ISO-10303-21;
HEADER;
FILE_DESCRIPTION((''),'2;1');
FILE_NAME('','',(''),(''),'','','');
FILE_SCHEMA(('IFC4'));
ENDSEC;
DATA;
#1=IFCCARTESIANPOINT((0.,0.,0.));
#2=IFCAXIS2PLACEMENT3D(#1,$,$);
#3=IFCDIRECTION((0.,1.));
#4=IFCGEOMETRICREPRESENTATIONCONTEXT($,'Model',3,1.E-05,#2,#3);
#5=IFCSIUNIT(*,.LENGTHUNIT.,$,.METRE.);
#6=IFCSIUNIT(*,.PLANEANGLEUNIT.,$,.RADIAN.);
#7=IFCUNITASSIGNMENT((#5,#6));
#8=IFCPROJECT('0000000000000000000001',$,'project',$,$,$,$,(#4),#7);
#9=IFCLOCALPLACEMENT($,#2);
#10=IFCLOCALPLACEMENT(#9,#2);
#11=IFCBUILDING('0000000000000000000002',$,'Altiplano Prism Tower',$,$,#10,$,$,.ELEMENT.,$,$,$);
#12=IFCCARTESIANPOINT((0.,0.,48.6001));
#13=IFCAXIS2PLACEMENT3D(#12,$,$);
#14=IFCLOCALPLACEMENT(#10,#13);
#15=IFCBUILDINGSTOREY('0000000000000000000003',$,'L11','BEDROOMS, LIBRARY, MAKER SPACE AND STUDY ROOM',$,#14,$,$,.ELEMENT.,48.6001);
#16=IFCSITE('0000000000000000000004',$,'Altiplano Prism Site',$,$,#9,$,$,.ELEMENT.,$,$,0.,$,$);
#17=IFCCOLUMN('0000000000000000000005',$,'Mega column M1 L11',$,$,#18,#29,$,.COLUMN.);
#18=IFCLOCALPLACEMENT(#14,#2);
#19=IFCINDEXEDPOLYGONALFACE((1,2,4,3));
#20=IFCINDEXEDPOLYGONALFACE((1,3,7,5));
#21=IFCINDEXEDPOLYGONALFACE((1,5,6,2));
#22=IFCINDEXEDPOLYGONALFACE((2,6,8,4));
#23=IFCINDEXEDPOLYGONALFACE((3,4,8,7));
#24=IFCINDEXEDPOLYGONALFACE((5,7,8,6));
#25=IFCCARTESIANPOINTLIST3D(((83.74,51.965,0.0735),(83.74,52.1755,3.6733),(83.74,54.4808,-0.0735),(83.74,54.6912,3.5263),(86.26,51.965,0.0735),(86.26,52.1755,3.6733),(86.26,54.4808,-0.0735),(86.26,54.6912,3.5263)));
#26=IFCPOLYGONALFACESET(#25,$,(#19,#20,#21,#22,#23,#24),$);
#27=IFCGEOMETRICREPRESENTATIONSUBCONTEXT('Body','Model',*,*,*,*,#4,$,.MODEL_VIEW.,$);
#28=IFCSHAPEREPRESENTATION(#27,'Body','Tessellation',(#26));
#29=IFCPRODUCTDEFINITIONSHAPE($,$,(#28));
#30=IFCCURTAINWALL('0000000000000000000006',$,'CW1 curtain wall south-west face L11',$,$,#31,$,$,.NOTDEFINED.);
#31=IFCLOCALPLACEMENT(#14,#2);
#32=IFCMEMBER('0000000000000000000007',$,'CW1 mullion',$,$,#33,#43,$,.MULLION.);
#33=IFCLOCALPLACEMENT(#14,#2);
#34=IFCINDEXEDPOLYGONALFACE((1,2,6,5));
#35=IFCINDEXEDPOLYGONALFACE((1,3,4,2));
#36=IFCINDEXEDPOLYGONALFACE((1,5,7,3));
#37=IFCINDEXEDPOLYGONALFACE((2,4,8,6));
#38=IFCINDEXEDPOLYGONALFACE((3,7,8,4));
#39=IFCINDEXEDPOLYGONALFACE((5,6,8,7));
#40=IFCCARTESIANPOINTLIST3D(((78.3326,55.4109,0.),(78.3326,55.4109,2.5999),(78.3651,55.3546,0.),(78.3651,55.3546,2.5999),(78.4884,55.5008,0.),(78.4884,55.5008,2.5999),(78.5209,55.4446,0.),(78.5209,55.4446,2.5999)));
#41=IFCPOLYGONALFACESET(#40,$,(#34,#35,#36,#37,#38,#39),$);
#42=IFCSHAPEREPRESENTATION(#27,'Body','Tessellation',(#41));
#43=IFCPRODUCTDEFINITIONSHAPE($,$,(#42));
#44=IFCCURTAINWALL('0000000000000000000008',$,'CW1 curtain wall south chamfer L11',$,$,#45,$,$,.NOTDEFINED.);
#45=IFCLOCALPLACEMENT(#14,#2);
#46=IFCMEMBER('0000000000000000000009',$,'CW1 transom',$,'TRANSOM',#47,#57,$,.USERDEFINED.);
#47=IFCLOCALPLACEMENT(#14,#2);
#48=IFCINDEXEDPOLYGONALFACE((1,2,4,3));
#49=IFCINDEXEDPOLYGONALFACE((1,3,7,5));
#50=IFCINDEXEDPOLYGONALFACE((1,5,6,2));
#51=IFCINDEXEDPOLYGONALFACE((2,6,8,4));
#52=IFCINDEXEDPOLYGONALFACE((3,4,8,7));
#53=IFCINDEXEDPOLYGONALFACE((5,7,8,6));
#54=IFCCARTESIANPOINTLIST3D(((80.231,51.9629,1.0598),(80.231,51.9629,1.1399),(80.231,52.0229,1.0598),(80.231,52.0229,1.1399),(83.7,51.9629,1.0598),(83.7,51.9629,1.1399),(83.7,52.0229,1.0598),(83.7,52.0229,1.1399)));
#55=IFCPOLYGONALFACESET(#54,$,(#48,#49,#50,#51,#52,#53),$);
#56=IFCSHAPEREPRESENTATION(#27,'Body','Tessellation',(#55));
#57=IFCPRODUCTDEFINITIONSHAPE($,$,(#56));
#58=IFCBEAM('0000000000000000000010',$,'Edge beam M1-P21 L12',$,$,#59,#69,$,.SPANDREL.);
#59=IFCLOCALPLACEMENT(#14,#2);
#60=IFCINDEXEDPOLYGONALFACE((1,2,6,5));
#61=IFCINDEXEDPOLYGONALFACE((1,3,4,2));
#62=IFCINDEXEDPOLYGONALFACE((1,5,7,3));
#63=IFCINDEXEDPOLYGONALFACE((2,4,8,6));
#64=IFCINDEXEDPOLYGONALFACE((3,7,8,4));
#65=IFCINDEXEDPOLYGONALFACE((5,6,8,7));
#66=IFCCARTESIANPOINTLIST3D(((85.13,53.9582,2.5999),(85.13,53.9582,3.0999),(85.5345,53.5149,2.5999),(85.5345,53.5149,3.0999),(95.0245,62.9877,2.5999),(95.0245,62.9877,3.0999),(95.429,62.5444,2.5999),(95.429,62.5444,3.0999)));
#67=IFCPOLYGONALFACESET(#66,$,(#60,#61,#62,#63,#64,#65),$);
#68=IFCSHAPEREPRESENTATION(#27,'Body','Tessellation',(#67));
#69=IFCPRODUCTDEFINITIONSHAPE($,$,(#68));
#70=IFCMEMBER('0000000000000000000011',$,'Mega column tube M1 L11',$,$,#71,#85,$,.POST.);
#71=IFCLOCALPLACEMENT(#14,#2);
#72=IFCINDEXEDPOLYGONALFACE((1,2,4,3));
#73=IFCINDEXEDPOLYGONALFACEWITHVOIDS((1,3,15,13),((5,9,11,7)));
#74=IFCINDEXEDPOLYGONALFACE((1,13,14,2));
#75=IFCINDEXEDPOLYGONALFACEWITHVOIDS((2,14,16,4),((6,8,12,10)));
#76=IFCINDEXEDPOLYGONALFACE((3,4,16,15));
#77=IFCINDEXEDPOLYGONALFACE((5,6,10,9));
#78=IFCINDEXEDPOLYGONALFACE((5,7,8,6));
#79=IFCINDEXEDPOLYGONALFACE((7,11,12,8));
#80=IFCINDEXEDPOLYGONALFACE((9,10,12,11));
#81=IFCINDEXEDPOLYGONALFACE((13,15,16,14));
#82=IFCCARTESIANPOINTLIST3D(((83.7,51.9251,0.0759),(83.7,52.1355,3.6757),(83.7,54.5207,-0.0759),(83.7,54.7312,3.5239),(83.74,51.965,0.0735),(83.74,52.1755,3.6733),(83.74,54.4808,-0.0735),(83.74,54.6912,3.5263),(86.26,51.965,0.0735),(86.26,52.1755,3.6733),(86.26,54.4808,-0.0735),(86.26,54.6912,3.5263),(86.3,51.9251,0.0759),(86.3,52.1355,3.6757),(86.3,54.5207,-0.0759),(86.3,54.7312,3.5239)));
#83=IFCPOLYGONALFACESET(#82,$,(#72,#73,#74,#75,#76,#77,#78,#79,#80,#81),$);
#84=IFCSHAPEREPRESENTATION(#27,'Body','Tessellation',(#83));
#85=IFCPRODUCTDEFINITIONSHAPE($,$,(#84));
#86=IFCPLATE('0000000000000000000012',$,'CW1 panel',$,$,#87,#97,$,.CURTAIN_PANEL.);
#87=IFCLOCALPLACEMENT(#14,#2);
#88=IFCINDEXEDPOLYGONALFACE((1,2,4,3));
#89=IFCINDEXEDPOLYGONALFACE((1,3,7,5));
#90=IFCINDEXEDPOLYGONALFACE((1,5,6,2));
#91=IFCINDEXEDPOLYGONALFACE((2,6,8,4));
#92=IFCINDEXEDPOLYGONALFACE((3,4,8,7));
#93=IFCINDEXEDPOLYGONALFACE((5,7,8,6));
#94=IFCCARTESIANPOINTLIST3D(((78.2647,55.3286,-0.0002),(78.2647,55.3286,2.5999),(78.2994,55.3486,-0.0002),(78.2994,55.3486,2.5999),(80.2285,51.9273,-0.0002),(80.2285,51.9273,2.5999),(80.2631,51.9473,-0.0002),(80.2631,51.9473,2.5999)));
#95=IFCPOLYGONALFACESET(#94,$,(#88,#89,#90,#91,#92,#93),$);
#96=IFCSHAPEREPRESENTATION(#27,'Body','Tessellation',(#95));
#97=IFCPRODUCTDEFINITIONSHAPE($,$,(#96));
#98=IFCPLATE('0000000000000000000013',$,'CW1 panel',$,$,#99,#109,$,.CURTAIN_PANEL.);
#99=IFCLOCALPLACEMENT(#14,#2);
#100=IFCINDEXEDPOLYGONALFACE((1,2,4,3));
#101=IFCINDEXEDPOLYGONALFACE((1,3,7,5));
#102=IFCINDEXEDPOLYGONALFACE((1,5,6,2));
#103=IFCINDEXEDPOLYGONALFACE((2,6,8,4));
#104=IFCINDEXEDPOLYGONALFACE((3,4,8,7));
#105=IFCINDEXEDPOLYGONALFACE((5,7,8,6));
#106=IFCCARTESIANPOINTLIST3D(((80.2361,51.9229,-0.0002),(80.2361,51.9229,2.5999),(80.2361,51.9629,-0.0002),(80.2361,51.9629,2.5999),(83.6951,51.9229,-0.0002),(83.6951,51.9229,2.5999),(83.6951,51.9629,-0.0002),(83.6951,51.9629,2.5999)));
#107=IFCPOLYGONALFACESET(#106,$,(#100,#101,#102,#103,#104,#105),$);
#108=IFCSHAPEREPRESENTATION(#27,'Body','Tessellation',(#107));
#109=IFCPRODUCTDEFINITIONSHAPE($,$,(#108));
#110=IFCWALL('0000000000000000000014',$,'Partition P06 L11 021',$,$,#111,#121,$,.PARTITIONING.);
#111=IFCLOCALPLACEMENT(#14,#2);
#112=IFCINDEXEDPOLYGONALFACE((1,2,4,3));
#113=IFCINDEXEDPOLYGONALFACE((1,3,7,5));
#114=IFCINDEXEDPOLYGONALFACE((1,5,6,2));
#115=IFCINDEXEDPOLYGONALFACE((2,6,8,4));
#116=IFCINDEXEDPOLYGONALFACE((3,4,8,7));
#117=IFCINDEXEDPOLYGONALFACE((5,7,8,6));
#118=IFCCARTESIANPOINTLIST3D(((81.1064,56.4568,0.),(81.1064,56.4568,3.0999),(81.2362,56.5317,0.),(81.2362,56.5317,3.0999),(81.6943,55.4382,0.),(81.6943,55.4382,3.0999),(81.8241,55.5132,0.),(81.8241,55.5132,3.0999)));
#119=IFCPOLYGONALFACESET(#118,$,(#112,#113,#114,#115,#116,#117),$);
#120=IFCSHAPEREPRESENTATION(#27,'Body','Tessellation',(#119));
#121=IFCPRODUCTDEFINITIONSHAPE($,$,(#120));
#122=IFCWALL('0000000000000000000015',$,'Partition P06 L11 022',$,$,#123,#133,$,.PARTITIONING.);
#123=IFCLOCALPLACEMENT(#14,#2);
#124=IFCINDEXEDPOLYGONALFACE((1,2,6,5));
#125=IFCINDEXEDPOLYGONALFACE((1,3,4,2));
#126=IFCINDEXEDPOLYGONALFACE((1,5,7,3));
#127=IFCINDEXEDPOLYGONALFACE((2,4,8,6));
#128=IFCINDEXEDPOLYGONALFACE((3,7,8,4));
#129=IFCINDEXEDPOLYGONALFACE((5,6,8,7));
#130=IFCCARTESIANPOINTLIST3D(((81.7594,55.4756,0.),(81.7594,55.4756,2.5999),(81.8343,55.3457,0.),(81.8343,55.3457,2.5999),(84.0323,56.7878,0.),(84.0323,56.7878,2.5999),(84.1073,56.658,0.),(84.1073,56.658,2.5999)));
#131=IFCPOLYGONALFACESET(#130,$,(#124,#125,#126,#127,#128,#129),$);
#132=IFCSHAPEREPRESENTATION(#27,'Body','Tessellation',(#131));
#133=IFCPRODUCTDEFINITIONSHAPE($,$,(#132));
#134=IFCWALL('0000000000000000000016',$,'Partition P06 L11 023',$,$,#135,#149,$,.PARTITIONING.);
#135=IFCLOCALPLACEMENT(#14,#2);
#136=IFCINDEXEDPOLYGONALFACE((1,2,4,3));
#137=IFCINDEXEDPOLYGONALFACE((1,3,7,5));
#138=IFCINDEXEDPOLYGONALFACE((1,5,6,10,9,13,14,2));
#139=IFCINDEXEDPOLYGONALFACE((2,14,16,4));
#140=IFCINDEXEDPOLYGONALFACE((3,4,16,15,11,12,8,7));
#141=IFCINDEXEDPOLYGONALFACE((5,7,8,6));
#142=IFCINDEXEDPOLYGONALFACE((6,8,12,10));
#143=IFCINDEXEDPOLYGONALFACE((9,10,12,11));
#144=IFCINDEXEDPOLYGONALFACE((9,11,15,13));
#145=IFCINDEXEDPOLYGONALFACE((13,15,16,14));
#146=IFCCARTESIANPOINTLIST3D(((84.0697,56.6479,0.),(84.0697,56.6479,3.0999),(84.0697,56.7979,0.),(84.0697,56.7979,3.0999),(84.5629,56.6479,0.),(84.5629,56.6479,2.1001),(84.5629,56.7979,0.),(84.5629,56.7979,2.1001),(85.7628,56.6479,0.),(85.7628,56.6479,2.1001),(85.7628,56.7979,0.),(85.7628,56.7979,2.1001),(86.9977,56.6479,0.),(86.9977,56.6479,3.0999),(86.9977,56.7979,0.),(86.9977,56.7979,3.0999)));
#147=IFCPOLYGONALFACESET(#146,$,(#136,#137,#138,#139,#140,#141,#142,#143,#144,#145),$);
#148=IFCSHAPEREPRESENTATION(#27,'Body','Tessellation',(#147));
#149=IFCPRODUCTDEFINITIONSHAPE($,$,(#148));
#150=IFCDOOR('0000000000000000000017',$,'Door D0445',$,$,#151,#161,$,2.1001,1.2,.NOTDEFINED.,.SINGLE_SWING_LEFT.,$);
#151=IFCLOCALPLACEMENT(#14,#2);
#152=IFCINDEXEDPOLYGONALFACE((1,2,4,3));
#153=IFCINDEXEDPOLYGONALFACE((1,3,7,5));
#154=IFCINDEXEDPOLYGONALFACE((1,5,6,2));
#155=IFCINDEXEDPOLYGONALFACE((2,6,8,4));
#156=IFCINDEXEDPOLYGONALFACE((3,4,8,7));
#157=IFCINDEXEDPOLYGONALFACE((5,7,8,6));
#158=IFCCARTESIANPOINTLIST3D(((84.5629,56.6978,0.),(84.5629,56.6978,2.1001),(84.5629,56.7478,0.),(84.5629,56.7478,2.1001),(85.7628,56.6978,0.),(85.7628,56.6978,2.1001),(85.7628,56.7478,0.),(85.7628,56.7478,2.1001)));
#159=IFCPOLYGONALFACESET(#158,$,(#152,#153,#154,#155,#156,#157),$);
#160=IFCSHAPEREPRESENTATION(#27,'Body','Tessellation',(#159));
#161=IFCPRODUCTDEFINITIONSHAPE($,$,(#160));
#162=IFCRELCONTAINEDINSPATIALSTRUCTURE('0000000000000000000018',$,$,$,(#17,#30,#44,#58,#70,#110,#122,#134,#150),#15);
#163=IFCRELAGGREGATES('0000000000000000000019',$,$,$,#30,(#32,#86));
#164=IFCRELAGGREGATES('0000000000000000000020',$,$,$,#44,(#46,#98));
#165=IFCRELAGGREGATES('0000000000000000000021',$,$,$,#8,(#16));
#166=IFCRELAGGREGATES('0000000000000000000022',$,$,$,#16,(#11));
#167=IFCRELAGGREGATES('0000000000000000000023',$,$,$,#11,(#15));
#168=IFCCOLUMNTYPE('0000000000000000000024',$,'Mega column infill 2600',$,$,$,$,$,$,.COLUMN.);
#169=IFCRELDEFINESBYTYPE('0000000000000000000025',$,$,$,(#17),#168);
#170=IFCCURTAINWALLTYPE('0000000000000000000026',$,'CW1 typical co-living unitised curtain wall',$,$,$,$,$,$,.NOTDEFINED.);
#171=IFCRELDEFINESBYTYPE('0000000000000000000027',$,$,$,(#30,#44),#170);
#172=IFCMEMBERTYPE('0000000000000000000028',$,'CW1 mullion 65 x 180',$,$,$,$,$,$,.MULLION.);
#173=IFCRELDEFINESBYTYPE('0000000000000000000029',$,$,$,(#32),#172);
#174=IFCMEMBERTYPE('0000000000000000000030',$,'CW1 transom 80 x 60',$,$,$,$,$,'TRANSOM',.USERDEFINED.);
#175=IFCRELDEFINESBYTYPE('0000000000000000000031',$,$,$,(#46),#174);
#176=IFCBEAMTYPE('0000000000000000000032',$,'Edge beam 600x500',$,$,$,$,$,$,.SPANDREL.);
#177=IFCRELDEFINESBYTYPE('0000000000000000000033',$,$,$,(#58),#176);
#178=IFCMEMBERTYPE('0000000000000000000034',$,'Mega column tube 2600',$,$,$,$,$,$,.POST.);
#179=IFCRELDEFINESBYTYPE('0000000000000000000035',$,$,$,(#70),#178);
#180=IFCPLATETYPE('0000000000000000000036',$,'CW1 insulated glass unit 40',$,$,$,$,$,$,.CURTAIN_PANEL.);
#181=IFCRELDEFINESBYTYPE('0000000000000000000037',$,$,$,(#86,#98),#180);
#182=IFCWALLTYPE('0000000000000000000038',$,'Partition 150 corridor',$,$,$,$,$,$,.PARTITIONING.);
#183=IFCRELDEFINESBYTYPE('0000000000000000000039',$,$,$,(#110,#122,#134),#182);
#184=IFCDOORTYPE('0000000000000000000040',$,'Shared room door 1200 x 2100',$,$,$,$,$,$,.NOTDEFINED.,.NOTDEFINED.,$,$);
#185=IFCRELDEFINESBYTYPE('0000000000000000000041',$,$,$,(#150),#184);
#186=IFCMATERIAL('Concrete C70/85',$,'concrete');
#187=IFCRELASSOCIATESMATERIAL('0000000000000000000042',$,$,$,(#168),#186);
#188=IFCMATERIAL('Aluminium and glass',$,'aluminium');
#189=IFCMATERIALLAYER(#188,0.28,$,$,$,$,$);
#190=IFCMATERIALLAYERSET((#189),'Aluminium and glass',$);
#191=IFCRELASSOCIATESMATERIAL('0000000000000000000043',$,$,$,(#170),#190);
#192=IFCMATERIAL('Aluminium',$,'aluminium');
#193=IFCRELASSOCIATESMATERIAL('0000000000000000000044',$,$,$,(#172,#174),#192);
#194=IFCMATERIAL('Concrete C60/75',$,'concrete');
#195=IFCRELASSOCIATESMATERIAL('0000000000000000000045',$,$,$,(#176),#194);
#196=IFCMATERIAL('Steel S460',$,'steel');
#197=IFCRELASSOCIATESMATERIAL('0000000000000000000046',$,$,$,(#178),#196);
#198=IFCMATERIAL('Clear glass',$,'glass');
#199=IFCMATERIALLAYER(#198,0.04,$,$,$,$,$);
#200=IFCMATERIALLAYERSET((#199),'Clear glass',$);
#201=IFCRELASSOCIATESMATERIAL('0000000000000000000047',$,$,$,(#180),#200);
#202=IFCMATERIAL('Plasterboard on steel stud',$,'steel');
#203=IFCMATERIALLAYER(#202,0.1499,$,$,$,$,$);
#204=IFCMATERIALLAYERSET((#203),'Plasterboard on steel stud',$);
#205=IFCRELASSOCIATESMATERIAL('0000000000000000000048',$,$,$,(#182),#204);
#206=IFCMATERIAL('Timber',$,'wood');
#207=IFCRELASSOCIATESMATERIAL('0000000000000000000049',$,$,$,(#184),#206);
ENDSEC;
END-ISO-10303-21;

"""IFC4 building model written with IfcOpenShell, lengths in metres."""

from ifc_helpers import new_model, si_unit, direction, frame, frame_2d, origin, origin_2d, place, context, subcontext, project, spatial, rectangle, hollow_rectangle, extrude, material, layer, layer_set, material_profile, profile_set, type_object, element, fill, aggregate, save


model = new_model("IFC4")

# Units and contexts
model_context = context("Model", 3, precision=1e-05, world=origin(), true_north=direction((0.0, 1.0)))
body_context = subcontext(model_context, "Body", "Model", "MODEL_VIEW")
ifc_project = project(units=[si_unit("LENGTHUNIT", "METRE"), si_unit("PLANEANGLEUNIT", "RADIAN")], contexts=[model_context])

# Site, building, storey
site_placement = place(None, origin())
site = spatial("IfcSite", under=ifc_project, at=site_placement, Name="Altiplano Prism Site", CompositionType="ELEMENT", RefElevation=0.0)
building_placement = place(site_placement, origin())
building = spatial("IfcBuilding", under=site, at=building_placement, Name="Altiplano Prism Tower", CompositionType="ELEMENT")
storey_placement = place(building_placement, frame((0.0, 0.0, 48.6001)))
storey = spatial("IfcBuildingStorey", under=building, at=storey_placement, Name="L11", Description="BEDROOMS, LIBRARY, MAKER SPACE AND STUDY ROOM", CompositionType="ELEMENT", Elevation=48.6001)

# Column
ifc_material_1 = material(Name="Concrete C70/85", Category="concrete")
ifc_material_profile_1 = material_profile(ifc_material_1, rectangle(XDim=2.52, YDim=2.52, at=origin_2d()), Name="Mega column infill 2600")
ifc_profile_set_1 = profile_set([ifc_material_profile_1], Name="Concrete C70/85")
column_type = type_object("IfcColumnType", Name="Mega column infill 2600", PredefinedType="COLUMN", material=ifc_profile_set_1)
column_placement = place(storey_placement, frame((85.0, 53.2229, 0.0), z_axis=(0.0, 0.058361, 0.998296), x_axis=(-1.0, 0.0, 0.0)))
element("IfcColumn", 1, at=column_placement, inside=storey, type_object=column_type, Name="Mega column M1 L11", PredefinedType="COLUMN", context=body_context, shape_type="SweptSolid", body=[
    extrude(rectangle(XDim=2.52, YDim=2.52, at=origin_2d()), origin(), (0.0, 0.0, 1.0), 3.606),
])

# Curtain walls, members
ifc_material_2 = material(Name="Aluminium and glass", Category="aluminium")
ifc_layer_1 = layer(ifc_material_2, 0.28)
ifc_layer_set_1 = layer_set([ifc_layer_1], Name="Aluminium and glass")
curtain_wall_type = type_object("IfcCurtainWallType", Name="CW1 typical co-living unitised curtain wall", PredefinedType="NOTDEFINED", material=ifc_layer_set_1)
curtain_wall_1_placement = place(storey_placement, origin())
curtain_wall_1 = element("IfcCurtainWall", 2, at=curtain_wall_1_placement, inside=storey, type_object=curtain_wall_type, Name="CW1 curtain wall south-west face L11", PredefinedType="NOTDEFINED")
ifc_material_3 = material(Name="Aluminium", Category="aluminium")
ifc_material_profile_2 = material_profile(ifc_material_3, rectangle(XDim=0.1799, YDim=0.0649, at=origin_2d()), Name="CW1 mullion 65 x 180")
ifc_profile_set_2 = profile_set([ifc_material_profile_2], Name="Aluminium")
member_type_1 = type_object("IfcMemberType", Name="CW1 mullion 65 x 180", PredefinedType="MULLION", material=ifc_profile_set_2)
member_1_placement = place(storey_placement, frame((78.4268, 55.4277, 0.0), z_axis=(0.0, 0.0, 1.0), x_axis=(0.866025, 0.5, 0.0)))
member_1 = element("IfcMember", 3, at=member_1_placement, type_object=member_type_1, Name="CW1 mullion", PredefinedType="MULLION", context=body_context, shape_type="SweptSolid", body=[
    extrude(rectangle(XDim=0.1799, YDim=0.0649, at=origin_2d()), origin(), (0.0, 0.0, 1.0), 2.5999),
])
curtain_wall_2_placement = place(storey_placement, origin())
curtain_wall_2 = element("IfcCurtainWall", 4, at=curtain_wall_2_placement, inside=storey, type_object=curtain_wall_type, Name="CW1 curtain wall south chamfer L11", PredefinedType="NOTDEFINED")
ifc_material_profile_3 = material_profile(ifc_material_3, rectangle(XDim=0.0601, YDim=0.0801, at=origin_2d()), Name="CW1 transom 80 x 60")
ifc_profile_set_3 = profile_set([ifc_material_profile_3], Name="Aluminium")
member_type_2 = type_object("IfcMemberType", Name="CW1 transom 80 x 60", ElementType="TRANSOM", PredefinedType="USERDEFINED", material=ifc_profile_set_3)
member_2_placement = place(storey_placement, frame((80.231, 51.9929, 1.0999), z_axis=(1.0, 0.0, 0.0), x_axis=(0.0, 1.0, 0.0)))
member_2 = element("IfcMember", 5, at=member_2_placement, type_object=member_type_2, Name="CW1 transom", ObjectType="TRANSOM", PredefinedType="USERDEFINED", context=body_context, shape_type="SweptSolid", body=[
    extrude(rectangle(XDim=0.0601, YDim=0.0801, at=origin_2d()), origin(), (0.0, 0.0, 1.0), 3.469),
])

# Beam
ifc_material_4 = material(Name="Concrete C60/75", Category="concrete")
ifc_material_profile_4 = material_profile(ifc_material_4, rectangle(XDim=0.6001, YDim=0.5, at=origin_2d()), Name="Edge beam 600x500")
ifc_profile_set_4 = profile_set([ifc_material_profile_4], Name="Concrete C60/75")
beam_type = type_object("IfcBeamType", Name="Edge beam 600x500", PredefinedType="SPANDREL", material=ifc_profile_set_4)
beam_placement = place(storey_placement, frame((85.3323, 53.7366, 2.8499), z_axis=(0.738656, 0.674082, 0.0), x_axis=(-0.674082, 0.738656, 0.0)))
element("IfcBeam", 6, at=beam_placement, inside=storey, type_object=beam_type, Name="Edge beam M1-P21 L12", PredefinedType="SPANDREL", context=body_context, shape_type="SweptSolid", body=[
    extrude(rectangle(XDim=0.6001, YDim=0.5, at=origin_2d()), origin(), (0.0, 0.0, 1.0), 13.3953),
])

# Member
ifc_material_5 = material(Name="Steel S460", Category="steel")
ifc_material_profile_5 = material_profile(ifc_material_5, hollow_rectangle(XDim=2.6001, YDim=2.6001, WallThickness=0.04, at=origin_2d()), Name="Mega column tube 2600")
ifc_profile_set_5 = profile_set([ifc_material_profile_5], Name="Steel S460")
member_type_3 = type_object("IfcMemberType", Name="Mega column tube 2600", PredefinedType="POST", material=ifc_profile_set_5)
member_3_placement = place(storey_placement, frame((85.0, 53.2229, 0.0), z_axis=(0.0, 0.058361, 0.998296), x_axis=(-1.0, 0.0, 0.0)))
element("IfcMember", 7, at=member_3_placement, inside=storey, type_object=member_type_3, Name="Mega column tube M1 L11", PredefinedType="POST", context=body_context, shape_type="SweptSolid", body=[
    extrude(hollow_rectangle(XDim=2.6001, YDim=2.6001, WallThickness=0.04, at=origin_2d()), origin(), (0.0, 0.0, 1.0), 3.606),
])

# Plates
ifc_material_6 = material(Name="Clear glass", Category="glass")
ifc_layer_2 = layer(ifc_material_6, 0.04)
ifc_layer_set_2 = layer_set([ifc_layer_2], Name="Clear glass")
plate_type = type_object("IfcPlateType", Name="CW1 insulated glass unit 40", PredefinedType="CURTAIN_PANEL", material=ifc_layer_set_2)
plate_1_placement = place(storey_placement, frame((79.2639, 53.6379, -0.0002), z_axis=(0.0, 0.0, 1.0), x_axis=(0.5, -0.866025, 0.0)))
plate_1 = element("IfcPlate", 8, at=plate_1_placement, type_object=plate_type, Name="CW1 panel", PredefinedType="CURTAIN_PANEL", context=body_context, shape_type="SweptSolid", body=[
    extrude(rectangle(XDim=3.9275, YDim=0.04, at=origin_2d()), origin(), (0.0, 0.0, 1.0), 2.6001),
])
aggregate(curtain_wall_1, [member_1, plate_1])
plate_2_placement = place(storey_placement, frame((81.9656, 51.9429, -0.0002), z_axis=(0.0, 0.0, 1.0), x_axis=(1.0, 0.0, 0.0)))
plate_2 = element("IfcPlate", 9, at=plate_2_placement, type_object=plate_type, Name="CW1 panel", PredefinedType="CURTAIN_PANEL", context=body_context, shape_type="SweptSolid", body=[
    extrude(rectangle(XDim=3.459, YDim=0.04, at=origin_2d()), origin(), (0.0, 0.0, 1.0), 2.6001),
])
aggregate(curtain_wall_2, [member_2, plate_2])

# Walls
ifc_material_7 = material(Name="Plasterboard on steel stud", Category="steel")
ifc_layer_3 = layer(ifc_material_7, 0.1499)
ifc_layer_set_3 = layer_set([ifc_layer_3], Name="Plasterboard on steel stud")
wall_type = type_object("IfcWallType", Name="Partition 150 corridor", PredefinedType="PARTITIONING", material=ifc_layer_set_3)
wall_1_placement = place(storey_placement, frame((81.1714, 56.4941, 0.0), z_axis=(0.0, 0.0, 1.0), x_axis=(0.49989, -0.866089, 0.0)))
element("IfcWall", 10, at=wall_1_placement, inside=storey, type_object=wall_type, Name="Partition P06 L11 021", PredefinedType="PARTITIONING", context=body_context, shape_type="SweptSolid", body=[
    extrude(rectangle(XDim=1.176, YDim=0.1499, at=frame_2d((0.5879, 0.0))), origin(), (0.0, 0.0, 1.0), 3.0999),
])
wall_2_placement = place(storey_placement, frame((81.7969, 55.4106, 0.0), z_axis=(0.0, 0.0, 1.0), x_axis=(0.866031, 0.499991, 0.0)))
element("IfcWall", 11, at=wall_2_placement, inside=storey, type_object=wall_type, Name="Partition P06 L11 022", PredefinedType="PARTITIONING", context=body_context, shape_type="SweptSolid", body=[
    extrude(rectangle(XDim=2.6245, YDim=0.1499, at=frame_2d((1.3123, 0.0))), origin(), (0.0, 0.0, 1.0), 2.5999),
])

# Wall, opening, door
wall_3_placement = place(storey_placement, frame((84.0698, 56.7229, 0.0), z_axis=(0.0, 0.0, 1.0), x_axis=(1.0, 0.0, 0.0)))
wall_3 = element("IfcWall", 12, at=wall_3_placement, inside=storey, type_object=wall_type, Name="Partition P06 L11 023", PredefinedType="PARTITIONING", context=body_context, shape_type="SweptSolid", body=[
    extrude(rectangle(XDim=2.928, YDim=0.1499, at=frame_2d((1.4639, 0.0))), origin(), (0.0, 0.0, 1.0), 3.0999),
])
opening_placement = place(wall_3_placement, frame((0.4929, 0.0, 0.0)))
opening = element("IfcOpeningElement", 13, at=opening_placement, cuts=wall_3, PredefinedType="OPENING", context=body_context, shape_type="SweptSolid", body=[
    extrude(rectangle(XDim=1.2, YDim=2.1001, at=frame_2d((0.6001, 1.05))), frame((0.0, 0.0854, 0.0), z_axis=(0.0, -1.0, 0.0), x_axis=(1.0, 0.0, 0.0)), (0.0, 0.0, 1.0), 0.1709),
])
ifc_material_8 = material(Name="Timber", Category="wood")
door_type = type_object("IfcDoorType", Name="Shared room door 1200 x 2100", OperationType="NOTDEFINED", PredefinedType="NOTDEFINED", material=ifc_material_8)
door_placement = place(opening_placement, origin())
door = element("IfcDoor", 14, at=door_placement, inside=storey, type_object=door_type, Name="Door D0445", OperationType="SINGLE_SWING_LEFT", OverallHeight=2.1001, OverallWidth=1.2, PredefinedType="NOTDEFINED", context=body_context, shape_type="SweptSolid", body=[
    extrude(rectangle(XDim=1.2, YDim=2.1001, at=frame_2d((0.6001, 1.05))), frame((0.0, 0.0249, 0.0), z_axis=(0.0, -1.0, 0.0), x_axis=(1.0, 0.0, 0.0)), (0.0, 0.0, 1.0), 0.05),
])
fill(opening, door)

save(model, "model.ifc")
